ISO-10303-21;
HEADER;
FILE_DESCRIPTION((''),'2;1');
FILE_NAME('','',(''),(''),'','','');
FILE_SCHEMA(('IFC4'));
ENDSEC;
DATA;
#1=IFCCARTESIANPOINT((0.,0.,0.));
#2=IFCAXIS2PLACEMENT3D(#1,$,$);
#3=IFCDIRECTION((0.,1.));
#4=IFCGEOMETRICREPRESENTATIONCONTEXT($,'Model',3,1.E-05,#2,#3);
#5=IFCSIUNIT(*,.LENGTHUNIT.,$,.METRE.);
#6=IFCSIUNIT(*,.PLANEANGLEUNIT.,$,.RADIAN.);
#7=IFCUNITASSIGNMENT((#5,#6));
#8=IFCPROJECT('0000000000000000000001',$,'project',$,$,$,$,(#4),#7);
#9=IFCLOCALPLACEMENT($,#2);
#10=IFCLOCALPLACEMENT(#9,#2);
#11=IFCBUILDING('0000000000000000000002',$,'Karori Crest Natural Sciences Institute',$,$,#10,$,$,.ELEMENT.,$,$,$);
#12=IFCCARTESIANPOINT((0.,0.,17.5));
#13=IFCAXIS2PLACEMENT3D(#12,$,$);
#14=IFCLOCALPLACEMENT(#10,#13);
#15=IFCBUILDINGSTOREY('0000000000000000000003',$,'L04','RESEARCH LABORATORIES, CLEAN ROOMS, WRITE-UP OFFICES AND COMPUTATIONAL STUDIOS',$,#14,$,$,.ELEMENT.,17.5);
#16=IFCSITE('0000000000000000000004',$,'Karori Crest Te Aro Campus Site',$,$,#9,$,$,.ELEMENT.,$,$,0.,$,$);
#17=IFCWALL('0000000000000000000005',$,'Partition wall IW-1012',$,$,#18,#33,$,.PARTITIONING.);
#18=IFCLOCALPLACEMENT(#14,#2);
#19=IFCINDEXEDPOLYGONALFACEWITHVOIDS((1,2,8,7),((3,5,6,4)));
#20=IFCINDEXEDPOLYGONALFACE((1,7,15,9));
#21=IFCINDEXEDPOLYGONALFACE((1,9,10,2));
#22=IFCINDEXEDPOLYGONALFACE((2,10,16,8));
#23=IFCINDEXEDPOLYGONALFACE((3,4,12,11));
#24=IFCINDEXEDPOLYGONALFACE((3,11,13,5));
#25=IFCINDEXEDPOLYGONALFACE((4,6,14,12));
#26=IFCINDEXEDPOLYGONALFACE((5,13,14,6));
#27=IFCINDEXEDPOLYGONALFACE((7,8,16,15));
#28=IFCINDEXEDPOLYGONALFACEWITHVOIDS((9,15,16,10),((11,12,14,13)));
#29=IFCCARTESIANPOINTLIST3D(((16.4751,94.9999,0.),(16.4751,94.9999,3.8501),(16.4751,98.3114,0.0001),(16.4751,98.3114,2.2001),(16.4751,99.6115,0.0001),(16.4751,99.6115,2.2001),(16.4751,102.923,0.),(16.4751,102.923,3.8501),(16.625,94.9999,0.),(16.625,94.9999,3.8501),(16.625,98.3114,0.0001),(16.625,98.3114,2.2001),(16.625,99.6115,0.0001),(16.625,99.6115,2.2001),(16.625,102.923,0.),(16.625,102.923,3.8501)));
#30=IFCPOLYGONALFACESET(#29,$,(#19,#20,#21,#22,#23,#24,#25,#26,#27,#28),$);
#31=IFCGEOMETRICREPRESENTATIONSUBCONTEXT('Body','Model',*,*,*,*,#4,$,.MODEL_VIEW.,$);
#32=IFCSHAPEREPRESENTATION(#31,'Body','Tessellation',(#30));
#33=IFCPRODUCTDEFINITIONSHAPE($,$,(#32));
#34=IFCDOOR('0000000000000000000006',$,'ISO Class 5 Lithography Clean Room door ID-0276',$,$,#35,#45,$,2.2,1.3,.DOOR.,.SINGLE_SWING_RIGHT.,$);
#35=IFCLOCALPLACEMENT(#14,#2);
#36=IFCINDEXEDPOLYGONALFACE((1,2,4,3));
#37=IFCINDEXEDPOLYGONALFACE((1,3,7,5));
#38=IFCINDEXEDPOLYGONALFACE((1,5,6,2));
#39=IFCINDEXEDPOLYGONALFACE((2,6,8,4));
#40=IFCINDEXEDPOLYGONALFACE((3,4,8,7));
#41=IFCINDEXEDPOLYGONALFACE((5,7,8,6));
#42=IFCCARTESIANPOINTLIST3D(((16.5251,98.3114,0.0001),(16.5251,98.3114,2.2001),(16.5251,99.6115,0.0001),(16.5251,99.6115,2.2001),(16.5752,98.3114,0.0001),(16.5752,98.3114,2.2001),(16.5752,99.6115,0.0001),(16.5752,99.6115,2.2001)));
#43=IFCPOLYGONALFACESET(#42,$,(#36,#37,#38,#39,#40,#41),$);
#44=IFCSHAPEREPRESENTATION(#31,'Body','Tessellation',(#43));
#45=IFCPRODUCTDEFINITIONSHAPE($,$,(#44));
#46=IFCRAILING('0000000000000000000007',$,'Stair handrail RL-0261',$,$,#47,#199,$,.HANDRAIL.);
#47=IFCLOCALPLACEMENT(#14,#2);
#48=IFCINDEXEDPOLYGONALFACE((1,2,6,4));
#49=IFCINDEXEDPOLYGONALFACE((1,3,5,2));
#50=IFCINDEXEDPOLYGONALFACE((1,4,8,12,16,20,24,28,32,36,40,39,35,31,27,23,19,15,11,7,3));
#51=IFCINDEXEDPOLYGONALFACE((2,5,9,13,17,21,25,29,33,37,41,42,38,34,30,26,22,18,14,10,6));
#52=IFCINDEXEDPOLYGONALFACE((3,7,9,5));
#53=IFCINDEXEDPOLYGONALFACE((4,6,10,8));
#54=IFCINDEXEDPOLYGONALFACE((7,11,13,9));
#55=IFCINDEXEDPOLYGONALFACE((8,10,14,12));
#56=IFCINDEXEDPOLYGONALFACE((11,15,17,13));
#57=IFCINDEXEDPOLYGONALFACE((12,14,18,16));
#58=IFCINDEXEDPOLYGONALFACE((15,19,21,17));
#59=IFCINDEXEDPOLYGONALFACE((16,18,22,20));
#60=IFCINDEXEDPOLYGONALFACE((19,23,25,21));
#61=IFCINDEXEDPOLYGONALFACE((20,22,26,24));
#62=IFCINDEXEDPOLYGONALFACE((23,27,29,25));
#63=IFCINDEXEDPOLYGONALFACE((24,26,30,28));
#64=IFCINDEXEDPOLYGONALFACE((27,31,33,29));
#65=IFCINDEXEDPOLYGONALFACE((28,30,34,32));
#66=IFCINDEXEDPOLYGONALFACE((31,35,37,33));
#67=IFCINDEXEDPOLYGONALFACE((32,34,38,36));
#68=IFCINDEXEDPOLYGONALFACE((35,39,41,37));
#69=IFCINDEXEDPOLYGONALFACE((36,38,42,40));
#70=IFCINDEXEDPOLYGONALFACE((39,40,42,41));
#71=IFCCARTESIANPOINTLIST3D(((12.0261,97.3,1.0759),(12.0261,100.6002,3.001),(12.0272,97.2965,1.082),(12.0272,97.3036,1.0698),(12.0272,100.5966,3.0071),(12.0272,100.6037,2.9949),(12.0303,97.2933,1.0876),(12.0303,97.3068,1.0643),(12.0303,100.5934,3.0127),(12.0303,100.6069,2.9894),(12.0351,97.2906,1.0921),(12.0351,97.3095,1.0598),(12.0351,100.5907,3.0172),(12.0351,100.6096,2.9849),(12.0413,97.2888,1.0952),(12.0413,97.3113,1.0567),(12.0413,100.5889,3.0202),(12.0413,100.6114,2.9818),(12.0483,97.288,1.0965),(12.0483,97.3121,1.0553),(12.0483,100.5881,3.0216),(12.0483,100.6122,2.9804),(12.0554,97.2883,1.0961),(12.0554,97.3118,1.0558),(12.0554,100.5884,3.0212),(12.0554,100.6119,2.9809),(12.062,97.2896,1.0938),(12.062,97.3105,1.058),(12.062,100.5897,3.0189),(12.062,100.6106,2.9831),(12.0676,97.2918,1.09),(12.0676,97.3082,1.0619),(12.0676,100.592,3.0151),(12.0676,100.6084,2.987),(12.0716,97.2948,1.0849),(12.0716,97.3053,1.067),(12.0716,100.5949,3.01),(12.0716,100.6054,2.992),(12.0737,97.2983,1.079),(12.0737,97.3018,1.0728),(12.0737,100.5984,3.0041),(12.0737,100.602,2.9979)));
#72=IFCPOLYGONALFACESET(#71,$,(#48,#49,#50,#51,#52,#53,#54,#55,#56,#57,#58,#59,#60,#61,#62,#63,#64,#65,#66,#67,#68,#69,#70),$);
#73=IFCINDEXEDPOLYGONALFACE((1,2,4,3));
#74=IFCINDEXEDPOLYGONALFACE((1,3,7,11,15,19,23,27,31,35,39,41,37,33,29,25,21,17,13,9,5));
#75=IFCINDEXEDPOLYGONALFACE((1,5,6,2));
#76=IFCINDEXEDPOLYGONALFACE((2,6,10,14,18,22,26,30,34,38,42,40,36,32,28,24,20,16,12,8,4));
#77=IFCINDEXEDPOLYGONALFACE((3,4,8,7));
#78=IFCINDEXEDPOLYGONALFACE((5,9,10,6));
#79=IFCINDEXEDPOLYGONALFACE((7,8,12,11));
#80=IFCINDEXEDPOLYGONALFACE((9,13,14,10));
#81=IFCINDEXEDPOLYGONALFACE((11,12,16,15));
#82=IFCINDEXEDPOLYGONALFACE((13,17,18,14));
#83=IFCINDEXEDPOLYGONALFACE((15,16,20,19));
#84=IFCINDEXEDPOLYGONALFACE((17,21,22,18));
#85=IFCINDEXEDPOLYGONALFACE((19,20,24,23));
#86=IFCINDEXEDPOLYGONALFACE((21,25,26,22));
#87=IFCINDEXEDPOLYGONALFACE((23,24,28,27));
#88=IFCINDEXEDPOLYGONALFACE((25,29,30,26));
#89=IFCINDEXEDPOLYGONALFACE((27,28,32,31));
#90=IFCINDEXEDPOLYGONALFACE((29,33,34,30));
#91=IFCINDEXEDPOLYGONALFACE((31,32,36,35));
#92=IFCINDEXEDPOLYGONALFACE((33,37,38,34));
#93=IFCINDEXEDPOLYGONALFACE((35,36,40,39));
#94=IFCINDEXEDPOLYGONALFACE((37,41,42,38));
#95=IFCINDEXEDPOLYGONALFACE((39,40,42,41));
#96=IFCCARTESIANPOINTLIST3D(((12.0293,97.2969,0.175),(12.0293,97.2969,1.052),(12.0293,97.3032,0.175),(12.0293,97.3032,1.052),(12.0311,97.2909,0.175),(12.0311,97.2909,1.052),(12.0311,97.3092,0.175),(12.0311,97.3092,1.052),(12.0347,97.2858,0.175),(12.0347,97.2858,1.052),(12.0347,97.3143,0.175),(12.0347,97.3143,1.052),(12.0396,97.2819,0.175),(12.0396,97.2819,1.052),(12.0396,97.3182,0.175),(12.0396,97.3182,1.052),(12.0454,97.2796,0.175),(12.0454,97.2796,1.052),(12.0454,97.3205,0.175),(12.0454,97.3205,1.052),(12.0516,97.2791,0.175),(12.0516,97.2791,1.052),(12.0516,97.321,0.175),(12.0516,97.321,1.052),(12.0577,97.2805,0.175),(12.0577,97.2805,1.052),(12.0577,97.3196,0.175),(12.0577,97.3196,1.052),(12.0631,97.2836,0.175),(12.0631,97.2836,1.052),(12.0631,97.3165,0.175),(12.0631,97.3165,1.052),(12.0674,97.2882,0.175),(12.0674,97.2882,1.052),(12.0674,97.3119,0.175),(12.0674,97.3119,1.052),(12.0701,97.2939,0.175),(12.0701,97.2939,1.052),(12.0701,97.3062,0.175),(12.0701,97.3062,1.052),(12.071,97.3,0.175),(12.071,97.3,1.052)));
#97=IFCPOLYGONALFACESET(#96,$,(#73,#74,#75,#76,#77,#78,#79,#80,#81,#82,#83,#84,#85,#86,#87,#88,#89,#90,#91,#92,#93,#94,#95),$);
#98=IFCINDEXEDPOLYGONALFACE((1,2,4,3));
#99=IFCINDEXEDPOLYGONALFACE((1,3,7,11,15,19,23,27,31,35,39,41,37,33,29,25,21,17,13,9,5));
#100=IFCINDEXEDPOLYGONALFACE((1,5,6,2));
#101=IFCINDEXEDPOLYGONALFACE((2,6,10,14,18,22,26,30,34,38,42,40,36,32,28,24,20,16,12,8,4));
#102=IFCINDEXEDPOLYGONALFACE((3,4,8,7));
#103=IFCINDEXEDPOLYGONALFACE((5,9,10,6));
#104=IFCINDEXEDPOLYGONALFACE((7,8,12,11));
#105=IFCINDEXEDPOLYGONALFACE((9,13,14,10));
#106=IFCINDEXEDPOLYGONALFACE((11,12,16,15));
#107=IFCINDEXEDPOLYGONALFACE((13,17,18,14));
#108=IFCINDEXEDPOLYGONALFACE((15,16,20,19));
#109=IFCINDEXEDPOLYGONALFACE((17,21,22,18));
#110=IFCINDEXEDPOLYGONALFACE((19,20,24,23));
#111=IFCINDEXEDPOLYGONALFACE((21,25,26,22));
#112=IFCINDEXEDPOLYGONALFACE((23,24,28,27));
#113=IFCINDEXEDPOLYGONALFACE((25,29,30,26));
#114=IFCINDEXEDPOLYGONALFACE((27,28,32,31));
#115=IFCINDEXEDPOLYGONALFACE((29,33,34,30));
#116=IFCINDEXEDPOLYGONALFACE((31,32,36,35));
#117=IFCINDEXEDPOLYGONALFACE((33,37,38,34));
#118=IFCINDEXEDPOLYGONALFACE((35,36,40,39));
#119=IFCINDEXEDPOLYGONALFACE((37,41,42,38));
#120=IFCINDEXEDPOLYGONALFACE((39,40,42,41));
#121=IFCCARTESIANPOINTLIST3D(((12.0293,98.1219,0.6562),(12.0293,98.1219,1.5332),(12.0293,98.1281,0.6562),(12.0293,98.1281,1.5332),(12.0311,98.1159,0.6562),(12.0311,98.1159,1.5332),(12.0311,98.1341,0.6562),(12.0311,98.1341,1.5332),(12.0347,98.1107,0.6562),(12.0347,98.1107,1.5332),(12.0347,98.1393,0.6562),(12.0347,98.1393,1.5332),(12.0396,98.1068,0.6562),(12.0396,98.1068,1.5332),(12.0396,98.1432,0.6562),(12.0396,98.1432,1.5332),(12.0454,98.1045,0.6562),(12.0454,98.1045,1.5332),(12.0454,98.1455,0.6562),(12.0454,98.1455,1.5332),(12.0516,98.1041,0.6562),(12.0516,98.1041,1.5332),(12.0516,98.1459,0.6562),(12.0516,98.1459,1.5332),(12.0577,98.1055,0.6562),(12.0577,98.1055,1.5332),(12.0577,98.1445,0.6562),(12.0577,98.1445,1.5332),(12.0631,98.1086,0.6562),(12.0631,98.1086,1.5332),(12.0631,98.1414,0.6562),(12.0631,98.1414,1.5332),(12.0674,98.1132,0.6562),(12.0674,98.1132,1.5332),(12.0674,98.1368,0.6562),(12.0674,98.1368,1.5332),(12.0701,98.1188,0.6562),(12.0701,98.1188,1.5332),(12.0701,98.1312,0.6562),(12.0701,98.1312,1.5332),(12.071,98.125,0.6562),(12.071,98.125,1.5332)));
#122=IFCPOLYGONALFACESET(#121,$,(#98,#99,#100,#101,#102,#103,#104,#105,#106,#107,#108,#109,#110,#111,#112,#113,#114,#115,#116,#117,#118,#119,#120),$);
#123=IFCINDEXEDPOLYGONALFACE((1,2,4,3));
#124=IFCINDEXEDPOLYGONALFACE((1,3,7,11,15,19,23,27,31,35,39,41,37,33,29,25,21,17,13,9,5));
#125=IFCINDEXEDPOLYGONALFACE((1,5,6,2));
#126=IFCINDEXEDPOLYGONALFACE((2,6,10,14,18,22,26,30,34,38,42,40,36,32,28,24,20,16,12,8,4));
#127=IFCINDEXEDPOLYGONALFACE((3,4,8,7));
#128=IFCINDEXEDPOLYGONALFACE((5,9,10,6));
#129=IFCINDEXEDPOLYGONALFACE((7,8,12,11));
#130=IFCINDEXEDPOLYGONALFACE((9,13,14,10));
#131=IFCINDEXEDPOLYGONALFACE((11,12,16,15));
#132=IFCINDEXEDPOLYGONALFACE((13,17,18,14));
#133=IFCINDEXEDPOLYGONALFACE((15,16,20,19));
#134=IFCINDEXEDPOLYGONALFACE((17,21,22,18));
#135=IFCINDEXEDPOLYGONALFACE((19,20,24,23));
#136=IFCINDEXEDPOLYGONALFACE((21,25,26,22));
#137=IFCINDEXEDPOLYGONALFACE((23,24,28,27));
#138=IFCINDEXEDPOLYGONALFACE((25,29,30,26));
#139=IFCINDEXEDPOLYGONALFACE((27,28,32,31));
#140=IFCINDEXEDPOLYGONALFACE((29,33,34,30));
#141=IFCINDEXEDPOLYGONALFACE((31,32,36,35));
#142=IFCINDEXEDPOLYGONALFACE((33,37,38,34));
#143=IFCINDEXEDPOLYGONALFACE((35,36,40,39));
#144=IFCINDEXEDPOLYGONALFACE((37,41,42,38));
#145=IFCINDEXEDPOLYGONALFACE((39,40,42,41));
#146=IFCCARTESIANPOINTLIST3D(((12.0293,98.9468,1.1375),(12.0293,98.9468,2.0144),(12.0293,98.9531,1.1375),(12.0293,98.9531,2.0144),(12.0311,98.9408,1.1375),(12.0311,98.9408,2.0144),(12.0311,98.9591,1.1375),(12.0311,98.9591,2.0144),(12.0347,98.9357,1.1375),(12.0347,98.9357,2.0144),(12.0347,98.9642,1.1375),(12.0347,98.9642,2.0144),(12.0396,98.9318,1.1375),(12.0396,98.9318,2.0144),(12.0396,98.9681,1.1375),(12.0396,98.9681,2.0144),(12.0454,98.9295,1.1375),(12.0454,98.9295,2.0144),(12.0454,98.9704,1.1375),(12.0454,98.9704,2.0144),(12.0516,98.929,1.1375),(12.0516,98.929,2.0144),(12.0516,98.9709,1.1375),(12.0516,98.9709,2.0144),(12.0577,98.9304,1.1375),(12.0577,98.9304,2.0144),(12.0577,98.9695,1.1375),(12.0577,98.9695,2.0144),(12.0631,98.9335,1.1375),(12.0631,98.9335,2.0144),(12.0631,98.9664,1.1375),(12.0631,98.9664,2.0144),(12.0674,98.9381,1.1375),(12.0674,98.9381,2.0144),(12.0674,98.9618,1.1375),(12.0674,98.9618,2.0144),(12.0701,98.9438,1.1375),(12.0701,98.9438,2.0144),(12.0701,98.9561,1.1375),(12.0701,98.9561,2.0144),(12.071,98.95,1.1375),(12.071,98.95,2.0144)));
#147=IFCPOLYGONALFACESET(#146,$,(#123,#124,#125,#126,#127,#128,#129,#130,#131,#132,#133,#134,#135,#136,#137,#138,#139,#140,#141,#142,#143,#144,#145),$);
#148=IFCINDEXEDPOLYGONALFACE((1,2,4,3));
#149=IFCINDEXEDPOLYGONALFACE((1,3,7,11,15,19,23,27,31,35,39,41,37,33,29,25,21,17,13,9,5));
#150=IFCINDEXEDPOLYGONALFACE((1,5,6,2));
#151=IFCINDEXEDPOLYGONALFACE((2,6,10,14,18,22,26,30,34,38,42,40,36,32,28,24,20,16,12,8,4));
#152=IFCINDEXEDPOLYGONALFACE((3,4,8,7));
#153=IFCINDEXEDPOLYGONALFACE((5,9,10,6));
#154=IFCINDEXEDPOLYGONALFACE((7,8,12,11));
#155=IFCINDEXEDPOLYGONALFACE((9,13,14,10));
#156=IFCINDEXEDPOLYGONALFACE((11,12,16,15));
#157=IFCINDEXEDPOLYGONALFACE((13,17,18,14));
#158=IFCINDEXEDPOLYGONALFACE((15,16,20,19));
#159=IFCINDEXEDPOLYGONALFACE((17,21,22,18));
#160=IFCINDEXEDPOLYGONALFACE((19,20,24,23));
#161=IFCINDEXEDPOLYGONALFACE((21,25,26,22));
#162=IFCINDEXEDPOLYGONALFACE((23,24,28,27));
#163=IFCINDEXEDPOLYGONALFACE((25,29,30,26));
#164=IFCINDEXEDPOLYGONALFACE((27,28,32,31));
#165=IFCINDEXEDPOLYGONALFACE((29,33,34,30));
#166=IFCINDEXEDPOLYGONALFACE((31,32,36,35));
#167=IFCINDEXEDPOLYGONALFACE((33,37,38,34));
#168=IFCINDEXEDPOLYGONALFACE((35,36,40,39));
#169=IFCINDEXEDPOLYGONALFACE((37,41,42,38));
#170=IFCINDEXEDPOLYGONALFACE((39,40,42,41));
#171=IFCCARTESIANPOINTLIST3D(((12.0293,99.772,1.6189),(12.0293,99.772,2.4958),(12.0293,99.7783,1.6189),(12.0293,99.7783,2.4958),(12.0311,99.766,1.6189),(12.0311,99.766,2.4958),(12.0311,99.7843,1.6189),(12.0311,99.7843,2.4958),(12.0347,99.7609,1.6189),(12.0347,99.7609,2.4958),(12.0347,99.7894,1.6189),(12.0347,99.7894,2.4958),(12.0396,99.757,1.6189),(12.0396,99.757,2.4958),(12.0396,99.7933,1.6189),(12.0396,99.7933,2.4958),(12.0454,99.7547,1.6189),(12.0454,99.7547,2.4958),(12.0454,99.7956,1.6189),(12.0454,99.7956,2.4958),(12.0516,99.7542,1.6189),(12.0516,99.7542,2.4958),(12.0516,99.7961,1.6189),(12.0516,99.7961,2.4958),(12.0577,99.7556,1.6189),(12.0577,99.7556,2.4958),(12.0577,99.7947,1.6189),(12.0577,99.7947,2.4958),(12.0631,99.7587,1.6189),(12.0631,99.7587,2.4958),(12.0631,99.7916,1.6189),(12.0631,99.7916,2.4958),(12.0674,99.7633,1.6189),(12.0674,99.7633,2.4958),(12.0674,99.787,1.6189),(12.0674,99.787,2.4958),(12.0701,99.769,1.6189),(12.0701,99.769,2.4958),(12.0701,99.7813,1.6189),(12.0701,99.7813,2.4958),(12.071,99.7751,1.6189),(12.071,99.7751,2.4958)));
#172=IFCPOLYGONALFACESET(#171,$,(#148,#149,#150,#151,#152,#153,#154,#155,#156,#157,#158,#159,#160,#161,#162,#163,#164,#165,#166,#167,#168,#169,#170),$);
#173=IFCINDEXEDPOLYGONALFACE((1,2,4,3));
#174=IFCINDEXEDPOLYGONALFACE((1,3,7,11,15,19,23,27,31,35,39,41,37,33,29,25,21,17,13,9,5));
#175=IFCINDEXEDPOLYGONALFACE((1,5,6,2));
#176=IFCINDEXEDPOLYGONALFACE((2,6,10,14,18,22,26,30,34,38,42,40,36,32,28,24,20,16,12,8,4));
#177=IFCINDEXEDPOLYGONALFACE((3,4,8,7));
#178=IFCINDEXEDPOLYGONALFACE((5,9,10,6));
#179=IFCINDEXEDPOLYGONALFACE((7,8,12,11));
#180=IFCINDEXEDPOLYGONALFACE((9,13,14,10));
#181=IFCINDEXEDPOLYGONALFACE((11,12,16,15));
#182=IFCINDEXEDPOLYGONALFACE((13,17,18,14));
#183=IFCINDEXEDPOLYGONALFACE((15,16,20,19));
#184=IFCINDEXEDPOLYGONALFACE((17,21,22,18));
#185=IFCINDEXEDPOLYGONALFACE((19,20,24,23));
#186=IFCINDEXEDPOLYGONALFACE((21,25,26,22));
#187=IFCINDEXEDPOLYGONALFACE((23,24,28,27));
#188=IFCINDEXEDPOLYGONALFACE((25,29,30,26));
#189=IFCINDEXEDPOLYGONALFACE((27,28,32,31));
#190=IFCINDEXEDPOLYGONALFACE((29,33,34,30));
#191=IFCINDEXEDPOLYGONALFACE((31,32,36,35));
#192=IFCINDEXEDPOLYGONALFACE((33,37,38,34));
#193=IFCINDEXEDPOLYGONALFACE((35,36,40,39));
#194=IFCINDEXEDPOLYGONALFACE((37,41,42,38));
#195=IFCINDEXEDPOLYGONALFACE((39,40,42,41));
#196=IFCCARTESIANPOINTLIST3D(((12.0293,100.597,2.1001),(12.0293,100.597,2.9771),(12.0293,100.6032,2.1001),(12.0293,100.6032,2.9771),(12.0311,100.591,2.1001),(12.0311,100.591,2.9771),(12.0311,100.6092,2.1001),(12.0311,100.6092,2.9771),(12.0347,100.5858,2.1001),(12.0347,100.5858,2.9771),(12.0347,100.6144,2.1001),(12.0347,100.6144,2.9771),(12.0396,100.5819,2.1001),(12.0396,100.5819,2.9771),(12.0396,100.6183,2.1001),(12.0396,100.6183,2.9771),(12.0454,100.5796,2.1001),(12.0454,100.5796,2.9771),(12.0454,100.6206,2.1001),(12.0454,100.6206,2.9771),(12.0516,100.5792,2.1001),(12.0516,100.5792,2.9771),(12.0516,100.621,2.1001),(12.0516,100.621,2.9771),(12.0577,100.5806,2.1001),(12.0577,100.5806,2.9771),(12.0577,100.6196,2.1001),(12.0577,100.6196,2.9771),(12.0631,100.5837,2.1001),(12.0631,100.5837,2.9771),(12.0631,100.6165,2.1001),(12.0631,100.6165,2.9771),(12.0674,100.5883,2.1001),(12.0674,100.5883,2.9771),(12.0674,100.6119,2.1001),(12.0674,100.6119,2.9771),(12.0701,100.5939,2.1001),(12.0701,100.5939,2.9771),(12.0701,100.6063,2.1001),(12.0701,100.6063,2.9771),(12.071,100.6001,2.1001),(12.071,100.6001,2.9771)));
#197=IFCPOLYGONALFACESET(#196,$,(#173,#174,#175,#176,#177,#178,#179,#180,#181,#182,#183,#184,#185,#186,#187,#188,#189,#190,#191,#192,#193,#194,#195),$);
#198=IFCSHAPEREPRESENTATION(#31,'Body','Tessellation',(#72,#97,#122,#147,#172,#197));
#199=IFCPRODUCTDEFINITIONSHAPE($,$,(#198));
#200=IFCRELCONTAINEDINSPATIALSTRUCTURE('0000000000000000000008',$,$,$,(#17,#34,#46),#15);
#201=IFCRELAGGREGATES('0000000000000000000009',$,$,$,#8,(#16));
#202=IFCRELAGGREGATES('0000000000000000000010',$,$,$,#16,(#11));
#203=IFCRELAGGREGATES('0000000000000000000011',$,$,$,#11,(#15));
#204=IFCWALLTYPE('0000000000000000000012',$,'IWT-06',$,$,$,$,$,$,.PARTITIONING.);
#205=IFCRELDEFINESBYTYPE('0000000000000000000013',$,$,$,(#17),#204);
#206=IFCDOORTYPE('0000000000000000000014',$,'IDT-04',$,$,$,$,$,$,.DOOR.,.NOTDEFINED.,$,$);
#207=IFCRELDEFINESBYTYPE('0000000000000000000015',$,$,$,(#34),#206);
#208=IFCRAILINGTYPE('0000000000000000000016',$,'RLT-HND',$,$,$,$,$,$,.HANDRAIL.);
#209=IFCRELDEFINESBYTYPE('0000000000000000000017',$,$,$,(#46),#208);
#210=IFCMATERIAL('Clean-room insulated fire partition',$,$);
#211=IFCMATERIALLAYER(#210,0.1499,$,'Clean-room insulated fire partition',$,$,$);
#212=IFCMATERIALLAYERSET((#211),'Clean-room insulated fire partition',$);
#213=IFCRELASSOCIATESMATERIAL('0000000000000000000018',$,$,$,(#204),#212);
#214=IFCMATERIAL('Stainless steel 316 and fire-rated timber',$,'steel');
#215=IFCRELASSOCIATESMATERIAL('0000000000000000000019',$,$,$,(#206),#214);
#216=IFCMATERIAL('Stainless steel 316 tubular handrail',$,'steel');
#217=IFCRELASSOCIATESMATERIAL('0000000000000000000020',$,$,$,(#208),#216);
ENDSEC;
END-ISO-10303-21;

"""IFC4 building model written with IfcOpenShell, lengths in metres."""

from ifc_helpers import new_model, si_unit, direction, frame, frame_2d, origin, origin_2d, place, context, subcontext, project, spatial, rectangle, circle, extrude, material, layer, layer_set, type_object, element, fill, save


model = new_model("IFC4")

# Units and contexts
model_context = context("Model", 3, precision=1e-05, world=origin(), true_north=direction((0.0, 1.0)))
body_context = subcontext(model_context, "Body", "Model", "MODEL_VIEW")
ifc_project = project(units=[si_unit("LENGTHUNIT", "METRE"), si_unit("PLANEANGLEUNIT", "RADIAN")], contexts=[model_context])

# Site, building, storey
site_placement = place(None, origin())
site = spatial("IfcSite", under=ifc_project, at=site_placement, Name="Karori Crest Te Aro Campus Site", CompositionType="ELEMENT", RefElevation=0.0)
building_placement = place(site_placement, origin())
building = spatial("IfcBuilding", under=site, at=building_placement, Name="Karori Crest Natural Sciences Institute", CompositionType="ELEMENT")
storey_placement = place(building_placement, frame((0.0, 0.0, 17.5)))
storey = spatial("IfcBuildingStorey", under=building, at=storey_placement, Name="L04", Description="RESEARCH LABORATORIES, CLEAN ROOMS, WRITE-UP OFFICES AND COMPUTATIONAL STUDIOS", CompositionType="ELEMENT", Elevation=17.5)

# Shared definitions
ifc_material_1 = material(Name="Stainless steel 316 and fire-rated timber", Category="steel")

# Shared definitions
ifc_material_2 = material(Name="Clean-room insulated fire partition")
ifc_layer_1 = layer(ifc_material_2, 0.1499, Name="Clean-room insulated fire partition")
ifc_layer_set_1 = layer_set([ifc_layer_1], Name="Clean-room insulated fire partition")
wall_type_1 = type_object("IfcWallType", Name="IWT-06", PredefinedType="PARTITIONING", material=ifc_layer_set_1)

# Wall, opening, door
wall_1_placement = place(storey_placement, frame((16.55, 95.0, 0.0), z_axis=(0.0, 0.0, 1.0), x_axis=(0.0, 1.0, 0.0)))
wall_1 = element("IfcWall", 1, at=wall_1_placement, inside=storey, type_object=wall_type_1, Name="Partition wall IW-1012", PredefinedType="PARTITIONING", context=body_context, shape_type="SweptSolid", body=[
    extrude(rectangle(XDim=7.9231, YDim=0.1499, at=frame_2d((3.9614, 0.0))), origin(), (0.0, 0.0, 1.0), 3.8501),
])
opening_1_placement = place(wall_1_placement, frame((3.3115, 0.0, 0.0)))
opening_1 = element("IfcOpeningElement", 2, at=opening_1_placement, cuts=wall_1, PredefinedType="OPENING", context=body_context, shape_type="SweptSolid", body=[
    extrude(rectangle(XDim=1.3, YDim=2.2, at=frame_2d((0.6499, 1.1001))), frame((0.0, 0.085, 0.0), z_axis=(0.0, -1.0, 0.0), x_axis=(1.0, 0.0, 0.0)), (0.0, 0.0, 1.0), 0.1699),
])
door_type_1 = type_object("IfcDoorType", Name="IDT-04", OperationType="NOTDEFINED", PredefinedType="DOOR", material=ifc_material_1)
door_1_placement = place(opening_1_placement, origin())
door_1 = element("IfcDoor", 3, at=door_1_placement, inside=storey, type_object=door_type_1, Name="ISO Class 5 Lithography Clean Room door ID-0276", OperationType="SINGLE_SWING_RIGHT", OverallHeight=2.2, OverallWidth=1.3, PredefinedType="DOOR", context=body_context, shape_type="SweptSolid", body=[
    extrude(rectangle(XDim=1.3, YDim=2.2, at=frame_2d((0.6499, 1.1001))), frame((0.0, 0.0249, 0.0), z_axis=(0.0, -1.0, 0.0), x_axis=(1.0, 0.0, 0.0)), (0.0, 0.0, 1.0), 0.05),
])
fill(opening_1, door_1)

# Railing
ifc_material_3 = material(Name="Stainless steel 316 tubular handrail", Category="steel")
railing_type = type_object("IfcRailingType", Name="RLT-HND", PredefinedType="HANDRAIL", material=ifc_material_3)
railing_placement = place(storey_placement, frame((12.05, 97.3, 0.175)))
element("IfcRailing", 4, at=railing_placement, inside=storey, type_object=railing_type, Name="Stair handrail RL-0261", PredefinedType="HANDRAIL", context=body_context, shape_type="SweptSolid", body=[
    extrude(circle(Radius=0.0239, at=origin_2d()), frame((0.0, 0.0, 0.9009), z_axis=(0.0, 0.863777, 0.503875), x_axis=(-1.0, 0.0, 0.0)), (0.0, 0.0, 1.0), 3.8206),
    extrude(circle(Radius=0.021, at=origin_2d()), origin(), (0.0, 0.0, 1.0), 0.877),
    extrude(circle(Radius=0.021, at=origin_2d()), frame((0.0, 0.825, 0.4812)), (0.0, 0.0, 1.0), 0.877),
    extrude(circle(Radius=0.021, at=origin_2d()), frame((0.0, 1.6499, 0.9624)), (0.0, 0.0, 1.0), 0.877),
    extrude(circle(Radius=0.021, at=origin_2d()), frame((0.0, 2.4751, 1.4438)), (0.0, 0.0, 1.0), 0.877),
    extrude(circle(Radius=0.021, at=origin_2d()), frame((0.0, 3.3, 1.925)), (0.0, 0.0, 1.0), 0.877),
])

save(model, "model.ifc")
